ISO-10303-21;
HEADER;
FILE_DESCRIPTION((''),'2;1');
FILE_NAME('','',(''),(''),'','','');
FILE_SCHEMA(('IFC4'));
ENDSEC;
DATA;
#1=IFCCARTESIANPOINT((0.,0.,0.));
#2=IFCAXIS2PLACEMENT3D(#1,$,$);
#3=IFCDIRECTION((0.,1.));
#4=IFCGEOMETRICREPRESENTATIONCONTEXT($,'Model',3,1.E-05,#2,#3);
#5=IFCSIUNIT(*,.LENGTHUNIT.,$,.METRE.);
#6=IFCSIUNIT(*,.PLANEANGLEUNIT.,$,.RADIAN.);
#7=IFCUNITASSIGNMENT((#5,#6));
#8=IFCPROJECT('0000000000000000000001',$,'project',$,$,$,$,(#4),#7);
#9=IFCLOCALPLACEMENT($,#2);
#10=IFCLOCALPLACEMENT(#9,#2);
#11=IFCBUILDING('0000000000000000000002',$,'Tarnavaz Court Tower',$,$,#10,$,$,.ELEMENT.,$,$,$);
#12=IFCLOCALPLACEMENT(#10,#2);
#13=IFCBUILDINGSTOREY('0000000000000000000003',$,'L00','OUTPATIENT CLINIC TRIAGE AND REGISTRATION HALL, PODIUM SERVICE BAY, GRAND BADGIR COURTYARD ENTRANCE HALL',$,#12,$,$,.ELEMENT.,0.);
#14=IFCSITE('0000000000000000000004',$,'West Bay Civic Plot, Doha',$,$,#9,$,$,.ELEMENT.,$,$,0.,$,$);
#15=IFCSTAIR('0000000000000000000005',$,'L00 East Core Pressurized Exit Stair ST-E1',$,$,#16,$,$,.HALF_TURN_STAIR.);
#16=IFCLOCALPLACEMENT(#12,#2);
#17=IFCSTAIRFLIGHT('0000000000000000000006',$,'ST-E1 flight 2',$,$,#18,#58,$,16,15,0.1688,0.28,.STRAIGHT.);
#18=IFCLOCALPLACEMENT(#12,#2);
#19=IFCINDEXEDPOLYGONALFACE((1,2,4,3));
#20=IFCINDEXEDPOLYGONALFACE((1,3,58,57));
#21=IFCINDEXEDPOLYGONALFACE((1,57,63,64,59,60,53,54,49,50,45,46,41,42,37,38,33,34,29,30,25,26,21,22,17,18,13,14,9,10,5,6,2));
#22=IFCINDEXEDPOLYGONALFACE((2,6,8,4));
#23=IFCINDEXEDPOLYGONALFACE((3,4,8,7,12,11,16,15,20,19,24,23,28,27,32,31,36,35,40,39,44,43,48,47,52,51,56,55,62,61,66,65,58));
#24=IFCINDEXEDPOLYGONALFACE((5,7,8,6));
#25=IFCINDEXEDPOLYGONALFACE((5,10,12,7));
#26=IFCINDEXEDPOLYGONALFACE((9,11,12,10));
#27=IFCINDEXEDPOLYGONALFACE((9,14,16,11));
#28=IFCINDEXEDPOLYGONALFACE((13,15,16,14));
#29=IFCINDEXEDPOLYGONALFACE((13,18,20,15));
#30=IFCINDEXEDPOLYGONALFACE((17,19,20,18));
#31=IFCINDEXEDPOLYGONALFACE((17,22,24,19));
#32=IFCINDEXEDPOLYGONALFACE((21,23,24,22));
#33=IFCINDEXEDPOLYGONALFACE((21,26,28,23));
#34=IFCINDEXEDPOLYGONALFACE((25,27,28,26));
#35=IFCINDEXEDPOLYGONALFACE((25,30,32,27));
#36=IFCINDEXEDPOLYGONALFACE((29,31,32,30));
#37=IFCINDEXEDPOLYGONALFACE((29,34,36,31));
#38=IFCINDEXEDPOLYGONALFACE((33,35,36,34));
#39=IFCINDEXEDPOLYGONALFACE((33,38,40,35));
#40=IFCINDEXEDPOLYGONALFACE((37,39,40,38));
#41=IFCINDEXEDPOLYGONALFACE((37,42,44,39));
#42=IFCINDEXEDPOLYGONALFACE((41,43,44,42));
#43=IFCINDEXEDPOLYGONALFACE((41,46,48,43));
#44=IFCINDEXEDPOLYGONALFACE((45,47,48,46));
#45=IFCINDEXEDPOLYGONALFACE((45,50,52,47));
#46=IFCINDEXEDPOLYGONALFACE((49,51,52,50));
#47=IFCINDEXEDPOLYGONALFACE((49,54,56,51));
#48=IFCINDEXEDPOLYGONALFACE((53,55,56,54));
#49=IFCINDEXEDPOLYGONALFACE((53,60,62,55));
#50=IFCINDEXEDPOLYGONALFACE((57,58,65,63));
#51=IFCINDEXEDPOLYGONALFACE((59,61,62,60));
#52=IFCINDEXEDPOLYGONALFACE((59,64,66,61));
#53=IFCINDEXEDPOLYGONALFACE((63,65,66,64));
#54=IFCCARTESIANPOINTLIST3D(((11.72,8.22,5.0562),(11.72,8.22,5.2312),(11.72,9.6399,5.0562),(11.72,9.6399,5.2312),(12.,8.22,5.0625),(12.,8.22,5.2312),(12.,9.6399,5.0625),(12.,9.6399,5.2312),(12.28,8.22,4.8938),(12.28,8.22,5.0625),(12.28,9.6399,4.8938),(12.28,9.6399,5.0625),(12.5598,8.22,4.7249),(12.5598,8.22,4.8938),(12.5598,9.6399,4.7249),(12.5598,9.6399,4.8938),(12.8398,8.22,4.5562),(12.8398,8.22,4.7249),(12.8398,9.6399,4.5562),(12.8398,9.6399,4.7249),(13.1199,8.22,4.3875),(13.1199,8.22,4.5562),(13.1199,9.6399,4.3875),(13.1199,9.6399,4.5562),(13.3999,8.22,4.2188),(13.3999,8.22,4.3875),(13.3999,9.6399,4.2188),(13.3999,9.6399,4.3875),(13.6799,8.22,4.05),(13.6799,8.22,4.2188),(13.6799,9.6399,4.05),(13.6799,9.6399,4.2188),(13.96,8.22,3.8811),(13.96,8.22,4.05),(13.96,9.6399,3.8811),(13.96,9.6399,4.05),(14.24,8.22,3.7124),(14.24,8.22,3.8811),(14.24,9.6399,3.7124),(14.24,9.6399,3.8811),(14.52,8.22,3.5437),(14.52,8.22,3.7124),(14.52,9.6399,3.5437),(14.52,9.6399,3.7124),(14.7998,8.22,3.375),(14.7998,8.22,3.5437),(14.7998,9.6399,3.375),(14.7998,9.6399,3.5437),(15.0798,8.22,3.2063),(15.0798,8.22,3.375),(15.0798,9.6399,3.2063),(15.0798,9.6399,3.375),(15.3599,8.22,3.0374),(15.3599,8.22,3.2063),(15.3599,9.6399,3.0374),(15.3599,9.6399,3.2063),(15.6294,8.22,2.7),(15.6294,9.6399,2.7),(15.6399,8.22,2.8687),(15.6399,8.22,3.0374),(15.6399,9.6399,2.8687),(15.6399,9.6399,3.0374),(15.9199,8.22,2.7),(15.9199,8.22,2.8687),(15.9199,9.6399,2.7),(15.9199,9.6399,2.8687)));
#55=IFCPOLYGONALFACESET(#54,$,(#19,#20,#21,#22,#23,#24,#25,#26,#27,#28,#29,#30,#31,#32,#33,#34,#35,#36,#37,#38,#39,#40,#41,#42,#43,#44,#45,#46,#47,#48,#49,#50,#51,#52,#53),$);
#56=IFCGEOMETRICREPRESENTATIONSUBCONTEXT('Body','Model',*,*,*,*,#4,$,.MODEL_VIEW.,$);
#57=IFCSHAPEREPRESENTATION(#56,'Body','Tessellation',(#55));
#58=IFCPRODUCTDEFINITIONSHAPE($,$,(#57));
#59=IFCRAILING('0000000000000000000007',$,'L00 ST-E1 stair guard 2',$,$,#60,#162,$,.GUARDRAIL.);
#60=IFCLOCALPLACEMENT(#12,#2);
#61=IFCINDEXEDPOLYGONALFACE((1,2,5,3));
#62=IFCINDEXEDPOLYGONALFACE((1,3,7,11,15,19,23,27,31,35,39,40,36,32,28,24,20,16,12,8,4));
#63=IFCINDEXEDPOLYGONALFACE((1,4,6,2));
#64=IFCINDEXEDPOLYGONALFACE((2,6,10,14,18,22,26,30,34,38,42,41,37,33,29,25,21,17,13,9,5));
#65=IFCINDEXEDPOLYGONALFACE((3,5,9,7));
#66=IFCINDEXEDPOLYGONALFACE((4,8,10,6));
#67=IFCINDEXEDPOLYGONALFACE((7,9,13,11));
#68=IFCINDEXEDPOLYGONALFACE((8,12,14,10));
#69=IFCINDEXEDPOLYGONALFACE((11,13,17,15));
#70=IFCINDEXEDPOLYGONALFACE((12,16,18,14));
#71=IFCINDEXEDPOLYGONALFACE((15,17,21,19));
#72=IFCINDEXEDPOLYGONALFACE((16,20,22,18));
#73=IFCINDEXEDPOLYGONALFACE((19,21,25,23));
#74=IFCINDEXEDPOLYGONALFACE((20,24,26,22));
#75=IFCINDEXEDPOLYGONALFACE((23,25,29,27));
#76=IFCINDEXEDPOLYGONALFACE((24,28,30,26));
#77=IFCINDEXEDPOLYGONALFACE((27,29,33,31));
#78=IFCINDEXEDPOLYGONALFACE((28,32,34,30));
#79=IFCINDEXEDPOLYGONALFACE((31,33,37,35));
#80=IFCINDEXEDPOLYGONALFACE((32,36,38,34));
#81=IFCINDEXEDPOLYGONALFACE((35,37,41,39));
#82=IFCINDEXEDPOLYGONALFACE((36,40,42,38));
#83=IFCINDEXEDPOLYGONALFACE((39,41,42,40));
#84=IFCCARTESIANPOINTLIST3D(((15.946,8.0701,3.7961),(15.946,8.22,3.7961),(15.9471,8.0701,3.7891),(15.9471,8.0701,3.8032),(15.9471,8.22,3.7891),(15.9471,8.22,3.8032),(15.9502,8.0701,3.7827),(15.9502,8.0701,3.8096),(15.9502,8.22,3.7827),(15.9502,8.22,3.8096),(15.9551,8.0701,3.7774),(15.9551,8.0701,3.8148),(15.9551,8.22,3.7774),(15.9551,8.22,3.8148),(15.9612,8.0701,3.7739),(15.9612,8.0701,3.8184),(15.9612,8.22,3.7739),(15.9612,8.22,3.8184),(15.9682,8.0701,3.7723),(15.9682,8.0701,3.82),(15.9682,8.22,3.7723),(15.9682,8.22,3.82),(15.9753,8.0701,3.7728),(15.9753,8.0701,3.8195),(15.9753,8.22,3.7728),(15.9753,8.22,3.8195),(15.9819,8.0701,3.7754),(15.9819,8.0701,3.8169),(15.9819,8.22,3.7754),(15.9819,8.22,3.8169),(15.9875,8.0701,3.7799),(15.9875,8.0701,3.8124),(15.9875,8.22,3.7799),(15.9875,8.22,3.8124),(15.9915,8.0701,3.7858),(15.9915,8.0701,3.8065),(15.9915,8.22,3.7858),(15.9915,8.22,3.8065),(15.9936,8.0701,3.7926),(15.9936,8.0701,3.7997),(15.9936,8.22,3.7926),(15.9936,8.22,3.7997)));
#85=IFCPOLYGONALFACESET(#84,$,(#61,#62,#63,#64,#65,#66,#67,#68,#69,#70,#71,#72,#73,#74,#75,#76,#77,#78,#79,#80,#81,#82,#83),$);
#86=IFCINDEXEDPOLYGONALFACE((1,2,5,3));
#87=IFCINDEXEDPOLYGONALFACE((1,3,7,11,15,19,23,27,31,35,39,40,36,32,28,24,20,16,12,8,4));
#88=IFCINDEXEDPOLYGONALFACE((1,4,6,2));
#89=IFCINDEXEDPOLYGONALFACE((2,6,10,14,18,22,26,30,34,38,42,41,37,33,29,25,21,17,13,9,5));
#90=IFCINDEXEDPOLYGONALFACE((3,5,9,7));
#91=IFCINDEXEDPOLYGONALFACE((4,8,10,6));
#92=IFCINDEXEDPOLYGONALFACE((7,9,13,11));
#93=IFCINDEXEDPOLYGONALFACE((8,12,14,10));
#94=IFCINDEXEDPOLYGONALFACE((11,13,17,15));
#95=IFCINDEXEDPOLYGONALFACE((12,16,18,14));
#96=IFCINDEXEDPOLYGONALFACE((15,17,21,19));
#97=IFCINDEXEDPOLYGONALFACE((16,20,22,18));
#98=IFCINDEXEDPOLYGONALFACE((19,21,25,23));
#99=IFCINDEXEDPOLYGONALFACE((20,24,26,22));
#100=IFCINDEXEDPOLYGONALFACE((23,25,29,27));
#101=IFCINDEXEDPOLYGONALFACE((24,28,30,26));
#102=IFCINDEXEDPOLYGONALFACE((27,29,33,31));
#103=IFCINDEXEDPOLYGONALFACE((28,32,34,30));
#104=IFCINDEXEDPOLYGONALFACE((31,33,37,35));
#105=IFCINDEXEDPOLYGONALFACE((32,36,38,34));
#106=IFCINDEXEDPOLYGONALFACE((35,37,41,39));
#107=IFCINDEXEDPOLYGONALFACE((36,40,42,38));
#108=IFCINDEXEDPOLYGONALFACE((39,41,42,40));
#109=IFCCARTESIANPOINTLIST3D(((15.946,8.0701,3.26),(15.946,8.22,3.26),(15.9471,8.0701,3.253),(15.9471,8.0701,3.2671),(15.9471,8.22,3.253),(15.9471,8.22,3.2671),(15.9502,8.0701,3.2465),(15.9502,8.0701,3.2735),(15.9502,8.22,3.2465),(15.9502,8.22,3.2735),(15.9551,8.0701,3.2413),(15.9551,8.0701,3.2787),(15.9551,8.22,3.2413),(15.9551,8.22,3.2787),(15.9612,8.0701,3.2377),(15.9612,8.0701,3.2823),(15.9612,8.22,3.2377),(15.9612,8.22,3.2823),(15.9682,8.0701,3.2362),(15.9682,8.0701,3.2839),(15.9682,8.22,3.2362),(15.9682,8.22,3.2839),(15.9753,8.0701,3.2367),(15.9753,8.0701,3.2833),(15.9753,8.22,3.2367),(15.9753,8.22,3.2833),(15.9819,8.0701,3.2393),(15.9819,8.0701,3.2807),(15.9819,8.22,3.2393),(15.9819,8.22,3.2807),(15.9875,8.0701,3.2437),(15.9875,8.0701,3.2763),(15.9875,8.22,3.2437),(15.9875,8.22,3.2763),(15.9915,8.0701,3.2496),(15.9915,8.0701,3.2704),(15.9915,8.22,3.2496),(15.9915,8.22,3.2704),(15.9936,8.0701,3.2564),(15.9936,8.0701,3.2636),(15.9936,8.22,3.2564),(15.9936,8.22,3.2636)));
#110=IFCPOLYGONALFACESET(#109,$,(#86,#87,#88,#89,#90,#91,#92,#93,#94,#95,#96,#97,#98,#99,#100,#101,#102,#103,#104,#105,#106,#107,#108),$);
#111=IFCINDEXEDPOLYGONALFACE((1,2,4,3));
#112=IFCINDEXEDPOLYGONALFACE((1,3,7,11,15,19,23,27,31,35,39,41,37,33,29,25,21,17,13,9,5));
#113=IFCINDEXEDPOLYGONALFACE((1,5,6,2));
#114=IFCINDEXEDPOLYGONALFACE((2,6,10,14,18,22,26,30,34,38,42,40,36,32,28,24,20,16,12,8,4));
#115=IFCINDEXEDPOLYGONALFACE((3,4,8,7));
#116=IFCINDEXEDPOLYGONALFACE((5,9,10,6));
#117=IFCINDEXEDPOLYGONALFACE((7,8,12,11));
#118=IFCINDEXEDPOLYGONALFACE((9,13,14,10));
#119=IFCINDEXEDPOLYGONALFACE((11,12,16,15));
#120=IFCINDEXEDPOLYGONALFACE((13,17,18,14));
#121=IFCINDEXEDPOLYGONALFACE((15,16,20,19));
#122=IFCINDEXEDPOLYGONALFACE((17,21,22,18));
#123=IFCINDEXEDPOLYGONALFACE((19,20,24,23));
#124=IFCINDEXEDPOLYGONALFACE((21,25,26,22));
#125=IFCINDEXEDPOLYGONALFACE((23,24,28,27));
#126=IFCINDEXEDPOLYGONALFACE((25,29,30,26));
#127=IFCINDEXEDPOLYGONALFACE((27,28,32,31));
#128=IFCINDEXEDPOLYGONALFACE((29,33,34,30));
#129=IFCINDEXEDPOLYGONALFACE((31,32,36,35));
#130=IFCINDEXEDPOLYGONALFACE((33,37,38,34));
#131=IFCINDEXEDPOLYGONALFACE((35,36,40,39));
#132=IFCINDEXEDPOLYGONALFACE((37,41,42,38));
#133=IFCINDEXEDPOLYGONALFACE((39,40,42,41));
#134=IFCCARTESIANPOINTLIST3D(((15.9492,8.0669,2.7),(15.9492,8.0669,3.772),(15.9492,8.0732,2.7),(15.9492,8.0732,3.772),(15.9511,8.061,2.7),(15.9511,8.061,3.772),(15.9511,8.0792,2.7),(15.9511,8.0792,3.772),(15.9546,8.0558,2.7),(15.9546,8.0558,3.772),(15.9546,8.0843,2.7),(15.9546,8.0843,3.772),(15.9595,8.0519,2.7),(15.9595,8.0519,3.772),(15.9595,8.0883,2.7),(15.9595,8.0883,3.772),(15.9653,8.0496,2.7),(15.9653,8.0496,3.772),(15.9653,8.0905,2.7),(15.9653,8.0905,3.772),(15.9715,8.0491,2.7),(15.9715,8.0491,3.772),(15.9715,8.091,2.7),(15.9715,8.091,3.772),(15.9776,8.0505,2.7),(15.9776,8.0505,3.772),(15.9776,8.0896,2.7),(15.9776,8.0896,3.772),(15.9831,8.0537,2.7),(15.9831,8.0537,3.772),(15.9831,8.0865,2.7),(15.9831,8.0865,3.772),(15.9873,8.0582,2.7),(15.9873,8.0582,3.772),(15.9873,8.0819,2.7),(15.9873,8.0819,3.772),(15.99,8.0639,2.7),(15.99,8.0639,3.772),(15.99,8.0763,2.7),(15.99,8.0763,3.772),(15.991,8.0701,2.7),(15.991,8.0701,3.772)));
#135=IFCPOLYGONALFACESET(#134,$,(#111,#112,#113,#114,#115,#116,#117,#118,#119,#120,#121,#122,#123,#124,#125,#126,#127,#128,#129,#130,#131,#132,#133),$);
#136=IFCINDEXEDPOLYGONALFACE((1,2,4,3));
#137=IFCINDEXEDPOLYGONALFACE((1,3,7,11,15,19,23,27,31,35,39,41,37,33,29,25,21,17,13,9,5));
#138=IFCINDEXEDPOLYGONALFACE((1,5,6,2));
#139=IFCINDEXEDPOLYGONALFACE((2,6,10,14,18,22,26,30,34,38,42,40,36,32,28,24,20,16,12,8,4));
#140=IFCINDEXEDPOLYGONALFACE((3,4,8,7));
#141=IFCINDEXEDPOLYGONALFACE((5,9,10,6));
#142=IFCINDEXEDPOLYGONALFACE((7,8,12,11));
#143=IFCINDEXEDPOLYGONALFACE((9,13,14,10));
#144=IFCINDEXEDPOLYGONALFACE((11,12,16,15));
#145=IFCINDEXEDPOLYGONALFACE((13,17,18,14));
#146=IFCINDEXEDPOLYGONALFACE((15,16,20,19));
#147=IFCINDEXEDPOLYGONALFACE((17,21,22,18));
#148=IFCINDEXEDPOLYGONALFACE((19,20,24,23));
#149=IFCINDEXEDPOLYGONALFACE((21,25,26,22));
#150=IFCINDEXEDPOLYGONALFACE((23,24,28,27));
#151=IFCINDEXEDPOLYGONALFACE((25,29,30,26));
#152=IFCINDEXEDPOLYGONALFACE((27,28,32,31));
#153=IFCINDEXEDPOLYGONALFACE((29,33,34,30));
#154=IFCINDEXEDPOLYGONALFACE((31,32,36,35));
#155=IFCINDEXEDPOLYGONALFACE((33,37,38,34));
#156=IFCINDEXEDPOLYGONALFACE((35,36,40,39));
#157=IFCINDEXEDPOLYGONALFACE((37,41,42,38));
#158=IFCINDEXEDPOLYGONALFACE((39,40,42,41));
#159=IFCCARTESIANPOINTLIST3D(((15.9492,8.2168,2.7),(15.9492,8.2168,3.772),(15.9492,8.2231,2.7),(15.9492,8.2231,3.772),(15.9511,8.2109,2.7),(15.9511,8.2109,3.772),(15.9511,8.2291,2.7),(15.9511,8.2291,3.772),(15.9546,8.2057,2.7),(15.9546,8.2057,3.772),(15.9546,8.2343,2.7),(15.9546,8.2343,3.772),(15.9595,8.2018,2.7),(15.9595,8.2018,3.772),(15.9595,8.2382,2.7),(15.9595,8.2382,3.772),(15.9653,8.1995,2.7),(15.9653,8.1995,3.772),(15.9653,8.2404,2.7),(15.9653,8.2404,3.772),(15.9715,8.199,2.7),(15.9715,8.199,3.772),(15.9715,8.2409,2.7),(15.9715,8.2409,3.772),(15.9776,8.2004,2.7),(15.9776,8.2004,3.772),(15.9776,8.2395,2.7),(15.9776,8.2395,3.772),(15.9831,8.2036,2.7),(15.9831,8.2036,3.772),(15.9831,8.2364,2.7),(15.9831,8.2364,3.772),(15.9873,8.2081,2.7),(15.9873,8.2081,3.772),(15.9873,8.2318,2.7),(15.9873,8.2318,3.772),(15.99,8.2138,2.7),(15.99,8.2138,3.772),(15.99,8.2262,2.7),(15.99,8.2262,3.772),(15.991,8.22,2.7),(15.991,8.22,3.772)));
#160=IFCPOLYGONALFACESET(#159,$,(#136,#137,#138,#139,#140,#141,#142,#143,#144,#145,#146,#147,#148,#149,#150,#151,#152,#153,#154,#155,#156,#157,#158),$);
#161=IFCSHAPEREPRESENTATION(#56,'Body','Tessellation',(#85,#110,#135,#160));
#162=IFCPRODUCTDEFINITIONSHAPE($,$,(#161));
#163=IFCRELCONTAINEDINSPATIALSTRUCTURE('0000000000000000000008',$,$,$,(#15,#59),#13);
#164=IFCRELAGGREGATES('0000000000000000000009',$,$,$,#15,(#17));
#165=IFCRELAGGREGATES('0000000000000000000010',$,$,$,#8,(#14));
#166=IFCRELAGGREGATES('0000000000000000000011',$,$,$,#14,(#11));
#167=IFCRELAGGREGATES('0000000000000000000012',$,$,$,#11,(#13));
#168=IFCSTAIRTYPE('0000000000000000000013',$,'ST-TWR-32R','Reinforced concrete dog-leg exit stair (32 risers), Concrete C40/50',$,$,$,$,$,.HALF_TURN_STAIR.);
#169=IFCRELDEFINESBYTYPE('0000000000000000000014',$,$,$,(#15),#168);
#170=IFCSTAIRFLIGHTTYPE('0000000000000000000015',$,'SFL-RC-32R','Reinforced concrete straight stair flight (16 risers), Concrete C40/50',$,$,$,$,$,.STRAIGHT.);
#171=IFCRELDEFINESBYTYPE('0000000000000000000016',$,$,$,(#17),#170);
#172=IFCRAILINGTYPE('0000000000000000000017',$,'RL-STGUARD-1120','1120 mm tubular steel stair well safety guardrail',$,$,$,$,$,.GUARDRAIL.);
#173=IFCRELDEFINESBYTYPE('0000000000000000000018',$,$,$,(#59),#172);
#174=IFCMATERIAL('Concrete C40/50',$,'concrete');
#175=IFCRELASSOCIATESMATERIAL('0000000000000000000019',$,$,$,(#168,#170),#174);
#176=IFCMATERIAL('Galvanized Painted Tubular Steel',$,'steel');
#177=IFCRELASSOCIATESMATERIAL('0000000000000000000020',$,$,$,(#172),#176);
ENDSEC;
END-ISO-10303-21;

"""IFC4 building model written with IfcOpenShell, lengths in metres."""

from ifc_helpers import new_model, si_unit, direction, frame, origin, origin_2d, place, context, subcontext, project, spatial, polyline, circle, outline, extrude, material, type_object, element, aggregate, save


model = new_model("IFC4")

# Units and contexts
model_context = context("Model", 3, precision=1e-05, world=origin(), true_north=direction((0.0, 1.0)))
body_context = subcontext(model_context, "Body", "Model", "MODEL_VIEW")
ifc_project = project(units=[si_unit("LENGTHUNIT", "METRE"), si_unit("PLANEANGLEUNIT", "RADIAN")], contexts=[model_context])

# Site, building, storey
site_placement = place(None, origin())
site = spatial("IfcSite", under=ifc_project, at=site_placement, Name="West Bay Civic Plot, Doha", CompositionType="ELEMENT", RefElevation=0.0)
building_placement = place(site_placement, origin())
building = spatial("IfcBuilding", under=site, at=building_placement, Name="Tarnavaz Court Tower", CompositionType="ELEMENT")
storey_placement = place(building_placement, origin())
storey = spatial("IfcBuildingStorey", under=building, at=storey_placement, Name="L00", Description="OUTPATIENT CLINIC TRIAGE AND REGISTRATION HALL, PODIUM SERVICE BAY, GRAND BADGIR COURTYARD ENTRANCE HALL", CompositionType="ELEMENT", Elevation=0.0)

# Stair, stair flight
ifc_material_1 = material(Name="Concrete C40/50", Category="concrete")
stair_type = type_object("IfcStairType", Name="ST-TWR-32R", Description="Reinforced concrete dog-leg exit stair (32 risers), Concrete C40/50", PredefinedType="HALF_TURN_STAIR", material=ifc_material_1)
stair_placement = place(storey_placement, origin())
stair = element("IfcStair", 1, at=stair_placement, inside=storey, type_object=stair_type, Name="L00 East Core Pressurized Exit Stair ST-E1", PredefinedType="HALF_TURN_STAIR")
stair_flight_type = type_object("IfcStairFlightType", Name="SFL-RC-32R", Description="Reinforced concrete straight stair flight (16 risers), Concrete C40/50", PredefinedType="STRAIGHT", material=ifc_material_1)
stair_flight_placement = place(storey_placement, frame((15.9199, 8.9299, 2.7), z_axis=(0.0, 0.0, 1.0), x_axis=(-1.0, 0.0, 0.0)))
stair_flight = element("IfcStairFlight", 2, at=stair_flight_placement, type_object=stair_flight_type, Name="ST-E1 flight 2", NumberOfRisers=16, NumberOfTreads=15, PredefinedType="STRAIGHT", RiserHeight=0.1688, TreadLength=0.28, context=body_context, shape_type="SweptSolid", body=[
    extrude(outline(polyline([(0.0, 0.0), (0.0, 0.1687), (0.28, 0.1687), (0.28, 0.3374), (0.5601, 0.3374), (0.5601, 0.5063), (0.8401, 0.5063), (0.8401, 0.675), (1.1201, 0.675), (1.1201, 0.8438), (1.3999, 0.8438), (1.3999, 1.0125), (1.6799, 1.0125), (1.6799, 1.1812), (1.96, 1.1812), (1.96, 1.3501), (2.24, 1.3501), (2.24, 1.5188), (2.52, 1.5188), (2.52, 1.6875), (2.8, 1.6875), (2.8, 1.8562), (3.0801, 1.8562), (3.0801, 2.0249), (3.3601, 2.0249), (3.3601, 2.1938), (3.6399, 2.1938), (3.6399, 2.3625), (3.9199, 2.3625), (3.9199, 2.5312), (4.2, 2.5312), (4.2, 2.7), (4.2, 2.3562), (0.2905, 0.0), (0.0, 0.0)])), frame((0.0, 0.71, 0.0), z_axis=(0.0, -1.0, 0.0), x_axis=(1.0, 0.0, 0.0)), (0.0, 0.0, 1.0), 1.4199),
])
aggregate(stair, [stair_flight])

# Railing
ifc_material_2 = material(Name="Galvanized Painted Tubular Steel", Category="steel")
railing_type_1 = type_object("IfcRailingType", Name="RL-STGUARD-1120", Description="1120 mm tubular steel stair well safety guardrail", PredefinedType="GUARDRAIL", material=ifc_material_2)
railing_1_placement = place(storey_placement, frame((15.97, 8.0701, 2.7)))
element("IfcRailing", 3, at=railing_1_placement, inside=storey, type_object=railing_type_1, Name="L00 ST-E1 stair guard 2", PredefinedType="GUARDRAIL", context=body_context, shape_type="SweptSolid", body=[
    extrude(circle(Radius=0.0239, at=origin_2d()), frame((0.0, 0.0, 1.0962), z_axis=(0.0, 1.0, 0.0), x_axis=(-1.0, 0.0, 0.0)), (0.0, 0.0, 1.0), 0.1499),
    extrude(circle(Radius=0.0239, at=origin_2d()), frame((0.0, 0.0, 0.5601), z_axis=(0.0, 1.0, 0.0), x_axis=(-1.0, 0.0, 0.0)), (0.0, 0.0, 1.0), 0.1499),
    extrude(circle(Radius=0.021, at=origin_2d()), origin(), (0.0, 0.0, 1.0), 1.072),
    extrude(circle(Radius=0.021, at=origin_2d()), frame((0.0, 0.1499, 0.0)), (0.0, 0.0, 1.0), 1.072),
])

save(model, "model.ifc")
